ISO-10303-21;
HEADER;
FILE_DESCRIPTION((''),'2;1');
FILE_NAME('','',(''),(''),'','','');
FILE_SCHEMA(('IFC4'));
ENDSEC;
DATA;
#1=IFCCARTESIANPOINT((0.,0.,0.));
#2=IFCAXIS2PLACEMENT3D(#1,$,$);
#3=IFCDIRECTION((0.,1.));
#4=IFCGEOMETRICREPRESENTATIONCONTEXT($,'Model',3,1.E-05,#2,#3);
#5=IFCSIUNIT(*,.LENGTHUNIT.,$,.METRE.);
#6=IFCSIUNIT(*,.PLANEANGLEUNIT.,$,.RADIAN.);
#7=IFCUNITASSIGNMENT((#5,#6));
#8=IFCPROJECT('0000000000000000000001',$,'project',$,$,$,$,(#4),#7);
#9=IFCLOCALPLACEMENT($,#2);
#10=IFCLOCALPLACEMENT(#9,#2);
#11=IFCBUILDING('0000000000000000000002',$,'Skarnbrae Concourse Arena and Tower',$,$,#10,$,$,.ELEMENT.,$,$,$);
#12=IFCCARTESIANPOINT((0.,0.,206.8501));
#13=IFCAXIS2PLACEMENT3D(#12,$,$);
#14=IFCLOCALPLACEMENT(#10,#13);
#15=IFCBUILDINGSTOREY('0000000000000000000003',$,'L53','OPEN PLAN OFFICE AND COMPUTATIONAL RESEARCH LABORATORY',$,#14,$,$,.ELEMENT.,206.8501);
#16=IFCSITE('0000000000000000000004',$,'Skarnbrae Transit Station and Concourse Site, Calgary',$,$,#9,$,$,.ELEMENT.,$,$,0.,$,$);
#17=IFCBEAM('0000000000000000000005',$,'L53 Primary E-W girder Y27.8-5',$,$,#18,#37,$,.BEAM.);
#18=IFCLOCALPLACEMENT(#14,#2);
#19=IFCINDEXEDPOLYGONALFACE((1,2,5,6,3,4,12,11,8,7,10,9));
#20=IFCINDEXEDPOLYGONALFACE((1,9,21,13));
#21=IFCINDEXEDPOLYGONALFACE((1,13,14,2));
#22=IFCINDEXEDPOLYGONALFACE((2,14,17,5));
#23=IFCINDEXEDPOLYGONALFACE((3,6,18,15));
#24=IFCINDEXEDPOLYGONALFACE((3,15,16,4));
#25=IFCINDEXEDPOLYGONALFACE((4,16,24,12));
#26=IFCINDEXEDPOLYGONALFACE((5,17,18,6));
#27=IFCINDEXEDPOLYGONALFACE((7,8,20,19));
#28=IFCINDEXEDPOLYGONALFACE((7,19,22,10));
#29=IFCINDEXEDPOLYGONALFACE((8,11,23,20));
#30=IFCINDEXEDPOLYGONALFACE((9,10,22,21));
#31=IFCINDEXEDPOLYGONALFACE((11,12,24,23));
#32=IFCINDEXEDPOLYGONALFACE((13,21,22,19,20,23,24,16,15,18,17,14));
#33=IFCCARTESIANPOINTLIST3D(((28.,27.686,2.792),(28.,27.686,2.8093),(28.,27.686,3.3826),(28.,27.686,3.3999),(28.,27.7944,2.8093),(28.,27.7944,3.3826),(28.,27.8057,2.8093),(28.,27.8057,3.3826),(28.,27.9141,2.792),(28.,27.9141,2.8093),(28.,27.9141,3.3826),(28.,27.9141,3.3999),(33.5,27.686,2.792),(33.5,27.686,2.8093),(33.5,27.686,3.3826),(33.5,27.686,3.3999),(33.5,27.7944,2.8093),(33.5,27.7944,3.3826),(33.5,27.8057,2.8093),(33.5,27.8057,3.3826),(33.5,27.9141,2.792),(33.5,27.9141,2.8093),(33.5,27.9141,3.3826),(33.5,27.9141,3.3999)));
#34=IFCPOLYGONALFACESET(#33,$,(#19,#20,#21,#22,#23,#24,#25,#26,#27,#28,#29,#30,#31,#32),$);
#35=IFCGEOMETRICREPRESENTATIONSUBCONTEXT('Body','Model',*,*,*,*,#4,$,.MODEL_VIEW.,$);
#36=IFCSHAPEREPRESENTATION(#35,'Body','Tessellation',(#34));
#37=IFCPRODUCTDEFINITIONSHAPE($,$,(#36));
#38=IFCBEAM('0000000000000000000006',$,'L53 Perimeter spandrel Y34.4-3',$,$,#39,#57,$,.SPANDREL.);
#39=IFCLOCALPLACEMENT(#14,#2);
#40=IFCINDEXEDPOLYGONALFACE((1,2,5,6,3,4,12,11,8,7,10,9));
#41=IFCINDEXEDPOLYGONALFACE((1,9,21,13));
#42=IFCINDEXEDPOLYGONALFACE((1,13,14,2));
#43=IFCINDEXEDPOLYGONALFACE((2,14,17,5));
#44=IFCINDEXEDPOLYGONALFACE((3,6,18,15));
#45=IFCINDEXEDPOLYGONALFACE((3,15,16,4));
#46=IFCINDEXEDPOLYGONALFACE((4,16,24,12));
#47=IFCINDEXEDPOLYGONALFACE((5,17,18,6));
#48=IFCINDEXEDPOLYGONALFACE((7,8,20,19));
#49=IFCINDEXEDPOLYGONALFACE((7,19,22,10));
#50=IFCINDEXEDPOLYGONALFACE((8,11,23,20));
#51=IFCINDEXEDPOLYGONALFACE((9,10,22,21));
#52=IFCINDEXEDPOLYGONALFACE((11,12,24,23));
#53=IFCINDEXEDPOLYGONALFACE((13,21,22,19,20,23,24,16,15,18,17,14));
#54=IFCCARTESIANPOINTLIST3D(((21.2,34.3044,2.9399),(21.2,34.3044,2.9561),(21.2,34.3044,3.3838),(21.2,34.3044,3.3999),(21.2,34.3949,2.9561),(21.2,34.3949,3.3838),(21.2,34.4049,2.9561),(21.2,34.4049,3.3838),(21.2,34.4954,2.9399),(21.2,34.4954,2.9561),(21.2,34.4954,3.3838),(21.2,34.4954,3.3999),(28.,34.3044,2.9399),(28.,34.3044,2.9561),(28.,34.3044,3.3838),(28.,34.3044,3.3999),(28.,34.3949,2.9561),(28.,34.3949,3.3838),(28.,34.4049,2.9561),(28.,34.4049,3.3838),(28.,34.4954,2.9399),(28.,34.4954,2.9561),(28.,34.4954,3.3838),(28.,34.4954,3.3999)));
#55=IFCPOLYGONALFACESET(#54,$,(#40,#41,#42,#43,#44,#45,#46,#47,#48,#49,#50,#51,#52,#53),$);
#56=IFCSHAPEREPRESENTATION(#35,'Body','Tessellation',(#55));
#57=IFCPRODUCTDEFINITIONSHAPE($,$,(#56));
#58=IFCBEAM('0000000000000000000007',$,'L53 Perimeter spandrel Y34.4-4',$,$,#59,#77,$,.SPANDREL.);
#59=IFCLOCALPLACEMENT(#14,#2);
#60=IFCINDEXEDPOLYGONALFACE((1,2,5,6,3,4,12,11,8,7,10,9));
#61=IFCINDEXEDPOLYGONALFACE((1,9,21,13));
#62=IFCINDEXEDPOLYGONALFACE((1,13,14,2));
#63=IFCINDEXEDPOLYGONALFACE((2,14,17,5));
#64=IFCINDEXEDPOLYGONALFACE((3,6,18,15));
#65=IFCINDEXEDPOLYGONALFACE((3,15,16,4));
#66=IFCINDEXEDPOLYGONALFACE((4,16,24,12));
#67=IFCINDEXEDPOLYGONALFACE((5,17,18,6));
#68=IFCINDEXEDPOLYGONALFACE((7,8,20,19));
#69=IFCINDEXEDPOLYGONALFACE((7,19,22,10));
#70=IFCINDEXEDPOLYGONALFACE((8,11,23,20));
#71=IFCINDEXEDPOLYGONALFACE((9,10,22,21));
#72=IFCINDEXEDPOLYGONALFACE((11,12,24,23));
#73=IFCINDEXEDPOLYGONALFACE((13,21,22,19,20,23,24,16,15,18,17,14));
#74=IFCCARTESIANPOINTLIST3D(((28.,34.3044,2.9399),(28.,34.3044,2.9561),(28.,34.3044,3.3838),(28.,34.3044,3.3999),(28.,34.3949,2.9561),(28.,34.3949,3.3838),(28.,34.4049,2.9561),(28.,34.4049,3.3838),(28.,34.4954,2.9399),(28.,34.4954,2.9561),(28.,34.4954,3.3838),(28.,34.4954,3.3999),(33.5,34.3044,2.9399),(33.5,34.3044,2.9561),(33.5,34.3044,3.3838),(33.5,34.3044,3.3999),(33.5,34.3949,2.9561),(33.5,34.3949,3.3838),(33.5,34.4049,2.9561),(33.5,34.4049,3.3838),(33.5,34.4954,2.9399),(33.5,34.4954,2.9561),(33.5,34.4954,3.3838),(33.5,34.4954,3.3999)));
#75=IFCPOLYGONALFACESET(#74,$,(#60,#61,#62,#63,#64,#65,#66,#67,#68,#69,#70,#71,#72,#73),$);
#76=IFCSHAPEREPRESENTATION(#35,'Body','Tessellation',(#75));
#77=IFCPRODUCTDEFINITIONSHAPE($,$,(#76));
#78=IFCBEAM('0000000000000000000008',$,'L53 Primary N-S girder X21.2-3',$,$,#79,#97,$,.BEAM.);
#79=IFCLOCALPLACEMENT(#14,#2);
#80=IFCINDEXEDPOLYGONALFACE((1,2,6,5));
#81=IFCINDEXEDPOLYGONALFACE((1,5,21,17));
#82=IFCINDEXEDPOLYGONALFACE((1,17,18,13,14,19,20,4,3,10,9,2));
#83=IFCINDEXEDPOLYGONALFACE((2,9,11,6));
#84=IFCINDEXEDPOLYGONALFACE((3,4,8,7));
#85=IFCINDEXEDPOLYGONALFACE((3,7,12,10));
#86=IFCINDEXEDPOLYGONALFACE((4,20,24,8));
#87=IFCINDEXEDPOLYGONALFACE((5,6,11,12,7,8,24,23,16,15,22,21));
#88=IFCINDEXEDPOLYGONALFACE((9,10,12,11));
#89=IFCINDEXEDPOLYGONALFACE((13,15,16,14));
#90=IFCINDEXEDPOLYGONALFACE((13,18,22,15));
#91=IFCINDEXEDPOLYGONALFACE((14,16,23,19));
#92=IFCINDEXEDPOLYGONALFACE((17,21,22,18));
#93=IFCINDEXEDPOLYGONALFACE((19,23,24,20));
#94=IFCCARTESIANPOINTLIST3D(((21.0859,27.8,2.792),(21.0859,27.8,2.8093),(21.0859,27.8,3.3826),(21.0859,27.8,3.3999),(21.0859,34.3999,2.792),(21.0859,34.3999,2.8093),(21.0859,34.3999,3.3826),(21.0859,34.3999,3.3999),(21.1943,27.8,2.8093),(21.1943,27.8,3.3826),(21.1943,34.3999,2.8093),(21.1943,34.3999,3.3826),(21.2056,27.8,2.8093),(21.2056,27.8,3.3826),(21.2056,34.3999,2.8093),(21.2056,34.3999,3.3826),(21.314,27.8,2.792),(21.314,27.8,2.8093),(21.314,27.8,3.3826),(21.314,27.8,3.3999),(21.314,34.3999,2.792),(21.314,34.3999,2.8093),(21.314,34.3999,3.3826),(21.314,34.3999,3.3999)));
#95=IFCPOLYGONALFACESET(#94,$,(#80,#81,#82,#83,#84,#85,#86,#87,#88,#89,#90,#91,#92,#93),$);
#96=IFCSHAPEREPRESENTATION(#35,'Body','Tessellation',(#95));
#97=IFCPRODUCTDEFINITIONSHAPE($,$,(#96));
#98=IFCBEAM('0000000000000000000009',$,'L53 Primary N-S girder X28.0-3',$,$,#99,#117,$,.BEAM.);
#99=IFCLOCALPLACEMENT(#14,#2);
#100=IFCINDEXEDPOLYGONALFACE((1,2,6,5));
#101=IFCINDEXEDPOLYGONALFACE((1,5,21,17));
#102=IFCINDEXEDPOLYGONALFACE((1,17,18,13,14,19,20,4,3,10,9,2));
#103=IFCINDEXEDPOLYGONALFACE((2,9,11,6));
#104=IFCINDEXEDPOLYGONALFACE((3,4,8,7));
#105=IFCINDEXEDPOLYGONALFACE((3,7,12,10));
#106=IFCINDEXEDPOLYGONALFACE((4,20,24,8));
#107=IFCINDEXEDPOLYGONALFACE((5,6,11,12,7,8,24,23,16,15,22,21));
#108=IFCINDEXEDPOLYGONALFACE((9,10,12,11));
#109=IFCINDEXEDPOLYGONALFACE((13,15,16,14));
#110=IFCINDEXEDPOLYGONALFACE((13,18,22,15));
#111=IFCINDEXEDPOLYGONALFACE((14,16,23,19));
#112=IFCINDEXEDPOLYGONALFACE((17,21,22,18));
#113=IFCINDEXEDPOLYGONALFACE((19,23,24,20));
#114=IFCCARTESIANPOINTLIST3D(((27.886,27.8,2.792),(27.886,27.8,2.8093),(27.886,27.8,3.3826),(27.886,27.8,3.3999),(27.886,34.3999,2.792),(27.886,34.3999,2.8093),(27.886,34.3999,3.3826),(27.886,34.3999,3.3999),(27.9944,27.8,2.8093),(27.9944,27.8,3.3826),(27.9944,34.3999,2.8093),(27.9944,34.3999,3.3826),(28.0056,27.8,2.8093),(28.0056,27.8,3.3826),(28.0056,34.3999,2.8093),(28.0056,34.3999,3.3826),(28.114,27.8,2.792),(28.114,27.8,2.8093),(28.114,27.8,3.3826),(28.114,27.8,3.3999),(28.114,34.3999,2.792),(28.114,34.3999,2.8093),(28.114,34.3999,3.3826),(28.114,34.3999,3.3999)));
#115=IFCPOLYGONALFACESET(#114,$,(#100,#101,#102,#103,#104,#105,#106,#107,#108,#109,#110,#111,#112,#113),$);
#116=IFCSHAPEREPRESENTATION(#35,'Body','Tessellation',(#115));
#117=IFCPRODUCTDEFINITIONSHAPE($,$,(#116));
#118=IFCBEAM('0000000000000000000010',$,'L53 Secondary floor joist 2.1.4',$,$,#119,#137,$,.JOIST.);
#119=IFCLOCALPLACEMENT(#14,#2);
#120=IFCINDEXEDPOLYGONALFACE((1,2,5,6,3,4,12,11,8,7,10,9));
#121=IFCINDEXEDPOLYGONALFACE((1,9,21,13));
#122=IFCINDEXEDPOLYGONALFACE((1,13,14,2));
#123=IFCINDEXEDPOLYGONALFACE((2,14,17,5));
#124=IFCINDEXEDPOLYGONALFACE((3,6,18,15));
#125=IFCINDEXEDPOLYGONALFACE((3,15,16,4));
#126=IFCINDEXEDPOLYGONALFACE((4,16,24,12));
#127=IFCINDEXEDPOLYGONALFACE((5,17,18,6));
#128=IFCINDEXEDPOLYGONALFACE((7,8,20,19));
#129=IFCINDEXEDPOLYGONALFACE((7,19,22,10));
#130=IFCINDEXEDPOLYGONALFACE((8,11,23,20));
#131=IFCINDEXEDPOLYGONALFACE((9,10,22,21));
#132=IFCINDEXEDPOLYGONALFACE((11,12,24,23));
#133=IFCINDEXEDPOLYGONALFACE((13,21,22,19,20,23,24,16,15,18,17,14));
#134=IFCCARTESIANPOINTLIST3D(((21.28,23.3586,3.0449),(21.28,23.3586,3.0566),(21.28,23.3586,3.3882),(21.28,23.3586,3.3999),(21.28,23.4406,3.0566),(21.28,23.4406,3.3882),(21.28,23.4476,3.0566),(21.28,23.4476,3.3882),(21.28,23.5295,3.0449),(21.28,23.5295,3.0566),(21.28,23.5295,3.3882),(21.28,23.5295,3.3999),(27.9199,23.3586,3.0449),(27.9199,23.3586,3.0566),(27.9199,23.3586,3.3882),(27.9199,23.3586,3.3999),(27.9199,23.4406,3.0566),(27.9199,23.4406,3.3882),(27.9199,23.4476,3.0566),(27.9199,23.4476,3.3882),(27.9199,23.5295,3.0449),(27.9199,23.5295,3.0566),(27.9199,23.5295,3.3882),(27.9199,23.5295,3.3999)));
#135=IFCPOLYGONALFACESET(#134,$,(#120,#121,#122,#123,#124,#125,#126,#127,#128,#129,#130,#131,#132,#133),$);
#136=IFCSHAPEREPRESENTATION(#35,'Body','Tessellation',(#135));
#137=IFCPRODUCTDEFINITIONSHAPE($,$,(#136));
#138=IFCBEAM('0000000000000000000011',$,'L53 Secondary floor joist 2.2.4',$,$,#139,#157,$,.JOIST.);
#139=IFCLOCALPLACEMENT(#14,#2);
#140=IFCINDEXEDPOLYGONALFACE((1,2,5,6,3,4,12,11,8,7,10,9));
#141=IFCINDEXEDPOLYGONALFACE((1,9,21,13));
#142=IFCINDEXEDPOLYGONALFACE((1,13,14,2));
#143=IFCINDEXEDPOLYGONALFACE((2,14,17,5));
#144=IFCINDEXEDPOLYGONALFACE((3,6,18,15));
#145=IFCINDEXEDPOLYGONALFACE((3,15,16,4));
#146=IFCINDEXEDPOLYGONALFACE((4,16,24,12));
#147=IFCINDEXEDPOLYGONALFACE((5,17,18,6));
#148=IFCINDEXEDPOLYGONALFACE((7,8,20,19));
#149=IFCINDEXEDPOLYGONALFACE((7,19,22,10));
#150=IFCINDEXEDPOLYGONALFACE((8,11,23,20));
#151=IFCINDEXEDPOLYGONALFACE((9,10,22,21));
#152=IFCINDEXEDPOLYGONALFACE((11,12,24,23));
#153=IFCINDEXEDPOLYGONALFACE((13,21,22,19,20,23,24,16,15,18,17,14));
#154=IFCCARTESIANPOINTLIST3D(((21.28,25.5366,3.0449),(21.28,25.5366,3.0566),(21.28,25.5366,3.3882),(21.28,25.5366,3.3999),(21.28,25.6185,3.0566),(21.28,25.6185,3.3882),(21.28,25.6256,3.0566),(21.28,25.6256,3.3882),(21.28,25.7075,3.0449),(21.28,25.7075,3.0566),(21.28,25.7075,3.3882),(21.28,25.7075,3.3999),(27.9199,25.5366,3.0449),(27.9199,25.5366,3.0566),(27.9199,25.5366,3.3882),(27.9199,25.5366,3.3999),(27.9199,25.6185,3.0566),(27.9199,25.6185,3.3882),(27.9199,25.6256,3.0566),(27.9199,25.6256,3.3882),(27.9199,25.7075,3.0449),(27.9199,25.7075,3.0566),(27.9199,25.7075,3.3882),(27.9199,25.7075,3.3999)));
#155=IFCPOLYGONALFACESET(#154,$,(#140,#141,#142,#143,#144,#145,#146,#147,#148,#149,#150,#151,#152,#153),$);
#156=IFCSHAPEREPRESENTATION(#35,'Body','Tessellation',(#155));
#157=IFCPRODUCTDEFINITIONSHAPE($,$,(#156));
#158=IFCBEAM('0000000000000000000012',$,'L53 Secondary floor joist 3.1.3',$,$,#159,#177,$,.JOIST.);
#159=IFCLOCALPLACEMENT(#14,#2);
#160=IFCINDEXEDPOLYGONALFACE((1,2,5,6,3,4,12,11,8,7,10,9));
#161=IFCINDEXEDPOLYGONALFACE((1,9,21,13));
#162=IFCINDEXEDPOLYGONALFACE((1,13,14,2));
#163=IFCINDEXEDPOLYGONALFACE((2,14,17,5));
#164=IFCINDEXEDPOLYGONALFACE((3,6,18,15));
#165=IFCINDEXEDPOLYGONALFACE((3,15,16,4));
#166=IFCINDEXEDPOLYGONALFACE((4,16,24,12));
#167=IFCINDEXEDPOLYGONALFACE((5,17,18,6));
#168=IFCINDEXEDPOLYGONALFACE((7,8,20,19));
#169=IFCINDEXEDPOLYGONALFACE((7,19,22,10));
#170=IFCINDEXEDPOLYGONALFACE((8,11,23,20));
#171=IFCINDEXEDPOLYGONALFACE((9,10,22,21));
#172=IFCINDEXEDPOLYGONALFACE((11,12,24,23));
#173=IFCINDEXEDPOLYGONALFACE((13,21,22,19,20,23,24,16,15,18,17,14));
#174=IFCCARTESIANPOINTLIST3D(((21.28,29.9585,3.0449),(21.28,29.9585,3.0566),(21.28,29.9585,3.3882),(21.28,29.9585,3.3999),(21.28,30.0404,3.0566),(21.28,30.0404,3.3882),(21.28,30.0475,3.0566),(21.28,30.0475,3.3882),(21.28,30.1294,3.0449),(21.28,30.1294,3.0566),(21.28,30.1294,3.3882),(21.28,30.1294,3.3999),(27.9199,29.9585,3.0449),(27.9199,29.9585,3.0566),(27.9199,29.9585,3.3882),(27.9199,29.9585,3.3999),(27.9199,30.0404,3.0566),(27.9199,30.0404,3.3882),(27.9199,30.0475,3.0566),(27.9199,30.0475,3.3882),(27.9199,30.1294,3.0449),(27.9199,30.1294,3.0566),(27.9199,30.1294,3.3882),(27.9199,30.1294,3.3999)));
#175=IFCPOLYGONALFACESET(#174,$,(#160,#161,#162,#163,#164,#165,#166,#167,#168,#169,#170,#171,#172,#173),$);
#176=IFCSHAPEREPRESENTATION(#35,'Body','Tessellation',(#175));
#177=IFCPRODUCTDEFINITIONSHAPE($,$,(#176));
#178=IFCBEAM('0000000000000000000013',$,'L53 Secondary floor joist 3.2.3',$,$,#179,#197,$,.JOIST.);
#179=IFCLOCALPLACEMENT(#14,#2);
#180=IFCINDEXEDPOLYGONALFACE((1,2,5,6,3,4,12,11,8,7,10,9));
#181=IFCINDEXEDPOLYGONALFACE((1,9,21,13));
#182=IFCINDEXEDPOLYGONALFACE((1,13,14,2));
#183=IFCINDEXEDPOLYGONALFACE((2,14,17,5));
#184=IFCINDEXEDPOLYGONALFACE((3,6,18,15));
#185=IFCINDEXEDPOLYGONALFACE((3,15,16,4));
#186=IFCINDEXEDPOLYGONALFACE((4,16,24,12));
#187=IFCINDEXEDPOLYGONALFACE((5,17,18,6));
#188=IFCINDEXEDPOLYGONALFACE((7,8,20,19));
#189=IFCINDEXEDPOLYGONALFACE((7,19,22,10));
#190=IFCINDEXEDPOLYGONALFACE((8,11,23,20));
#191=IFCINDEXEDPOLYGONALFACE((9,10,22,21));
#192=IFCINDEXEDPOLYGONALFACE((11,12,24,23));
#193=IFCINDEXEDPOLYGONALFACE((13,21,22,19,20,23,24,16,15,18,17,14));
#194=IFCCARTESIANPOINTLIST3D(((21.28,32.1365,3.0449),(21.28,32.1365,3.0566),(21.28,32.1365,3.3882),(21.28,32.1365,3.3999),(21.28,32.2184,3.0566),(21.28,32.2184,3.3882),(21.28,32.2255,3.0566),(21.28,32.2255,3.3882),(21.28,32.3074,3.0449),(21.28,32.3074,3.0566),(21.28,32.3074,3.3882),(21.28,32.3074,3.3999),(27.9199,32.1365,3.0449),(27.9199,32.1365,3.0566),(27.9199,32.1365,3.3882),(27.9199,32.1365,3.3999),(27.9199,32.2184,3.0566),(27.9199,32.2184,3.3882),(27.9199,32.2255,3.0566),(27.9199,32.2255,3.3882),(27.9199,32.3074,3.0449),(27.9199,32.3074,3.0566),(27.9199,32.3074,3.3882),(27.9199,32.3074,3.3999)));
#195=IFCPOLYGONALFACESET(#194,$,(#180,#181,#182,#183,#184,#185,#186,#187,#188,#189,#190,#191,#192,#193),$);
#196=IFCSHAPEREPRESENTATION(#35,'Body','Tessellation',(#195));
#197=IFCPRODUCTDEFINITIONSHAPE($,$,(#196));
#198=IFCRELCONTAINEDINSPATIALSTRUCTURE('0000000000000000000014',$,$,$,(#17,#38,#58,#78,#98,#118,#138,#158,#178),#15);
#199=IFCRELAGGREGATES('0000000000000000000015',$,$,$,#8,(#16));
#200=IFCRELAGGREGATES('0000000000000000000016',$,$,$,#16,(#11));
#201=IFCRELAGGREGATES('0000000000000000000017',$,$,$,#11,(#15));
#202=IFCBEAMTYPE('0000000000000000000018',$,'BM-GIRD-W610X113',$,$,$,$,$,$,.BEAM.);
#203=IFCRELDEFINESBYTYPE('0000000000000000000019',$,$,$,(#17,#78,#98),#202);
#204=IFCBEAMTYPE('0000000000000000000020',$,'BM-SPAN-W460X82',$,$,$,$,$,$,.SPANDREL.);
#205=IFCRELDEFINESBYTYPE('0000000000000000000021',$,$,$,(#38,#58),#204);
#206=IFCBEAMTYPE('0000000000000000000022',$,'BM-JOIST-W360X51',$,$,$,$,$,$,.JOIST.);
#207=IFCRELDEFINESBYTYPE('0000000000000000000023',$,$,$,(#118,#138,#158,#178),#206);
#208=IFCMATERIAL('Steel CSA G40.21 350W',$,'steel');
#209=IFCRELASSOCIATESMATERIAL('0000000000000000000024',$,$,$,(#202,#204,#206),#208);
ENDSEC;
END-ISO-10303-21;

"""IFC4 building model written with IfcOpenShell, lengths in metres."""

from ifc_helpers import new_model, si_unit, direction, frame, origin, origin_2d, place, context, subcontext, project, spatial, i_section, extrude, source, transform, mapped, material, material_profile, profile_set, type_object, element, save


model = new_model("IFC4")

# Units and contexts
model_context = context("Model", 3, precision=1e-05, world=origin(), true_north=direction((0.0, 1.0)))
body_context = subcontext(model_context, "Body", "Model", "MODEL_VIEW")
ifc_project = project(units=[si_unit("LENGTHUNIT", "METRE"), si_unit("PLANEANGLEUNIT", "RADIAN")], contexts=[model_context])

# Site, building, storey
site_placement = place(None, origin())
site = spatial("IfcSite", under=ifc_project, at=site_placement, Name="Skarnbrae Transit Station and Concourse Site, Calgary", CompositionType="ELEMENT", RefElevation=0.0)
building_placement = place(site_placement, origin())
building = spatial("IfcBuilding", under=site, at=building_placement, Name="Skarnbrae Concourse Arena and Tower", CompositionType="ELEMENT")
storey_placement = place(building_placement, frame((0.0, 0.0, 206.8501)))
storey = spatial("IfcBuildingStorey", under=building, at=storey_placement, Name="L53", Description="OPEN PLAN OFFICE AND COMPUTATIONAL RESEARCH LABORATORY", CompositionType="ELEMENT", Elevation=206.8501)

# Shared definitions
ifc_material_1 = material(Name="Steel CSA G40.21 350W", Category="steel")

# Beams
ifc_material_profile_1 = material_profile(ifc_material_1, i_section(OverallWidth=0.228, OverallDepth=0.6079, WebThickness=0.0112, FlangeThickness=0.0173, at=origin_2d()), Name="W610X113")
ifc_profile_set_1 = profile_set([ifc_material_profile_1], Name="Steel CSA G40.21 350W")
beam_type_1 = type_object("IfcBeamType", Name="BM-GIRD-W610X113", PredefinedType="BEAM", material=ifc_profile_set_1)
shared_shape_1 = source(origin(), body_context, "Body", "SweptSolid", [
    extrude(i_section(OverallWidth=0.228, OverallDepth=0.6079, WebThickness=0.0112, FlangeThickness=0.0173, at=origin_2d()), origin(), (0.0, 0.0, 1.0), 5.5),
])
for number, where, z_axis, x_axis, name in (
    (1, (28.0, 27.8, 3.0959), (1.0, 0.0, 0.0), (0.0, 1.0, 0.0), "L53 Primary E-W girder Y27.8-5"),
):
    element("IfcBeam", number, at=place(storey_placement, frame(where, z_axis=z_axis, x_axis=x_axis)), inside=storey, type_object=beam_type_1, Name=name, PredefinedType="BEAM", context=body_context, shape_type="MappedRepresentation", body=[
        mapped(shared_shape_1, transform((0.0, 0.0, 0.0))),
    ])
ifc_material_profile_2 = material_profile(ifc_material_1, i_section(OverallWidth=0.1909, OverallDepth=0.46, WebThickness=0.01, FlangeThickness=0.0161, at=origin_2d()), Name="W460X82")
ifc_profile_set_2 = profile_set([ifc_material_profile_2], Name="Steel CSA G40.21 350W")
beam_type_2 = type_object("IfcBeamType", Name="BM-SPAN-W460X82", PredefinedType="SPANDREL", material=ifc_profile_set_2)
shared_shape_2 = source(origin(), body_context, "Body", "SweptSolid", [
    extrude(i_section(OverallWidth=0.1909, OverallDepth=0.46, WebThickness=0.01, FlangeThickness=0.0161, at=origin_2d()), origin(), (0.0, 0.0, 1.0), 6.8),
])
beam_1_placement = place(storey_placement, frame((21.2, 34.3999, 3.1699), z_axis=(1.0, 0.0, 0.0), x_axis=(0.0, 1.0, 0.0)))
element("IfcBeam", 2, at=beam_1_placement, inside=storey, type_object=beam_type_2, Name="L53 Perimeter spandrel Y34.4-3", PredefinedType="SPANDREL", context=body_context, shape_type="MappedRepresentation", body=[
    mapped(shared_shape_2, transform((0.0, 0.0, 0.0))),
])
shared_shape_3 = source(origin(), body_context, "Body", "SweptSolid", [
    extrude(i_section(OverallWidth=0.1909, OverallDepth=0.46, WebThickness=0.01, FlangeThickness=0.0161, at=origin_2d()), origin(), (0.0, 0.0, 1.0), 5.5),
])
beam_2_placement = place(storey_placement, frame((28.0, 34.3999, 3.1699), z_axis=(1.0, 0.0, 0.0), x_axis=(0.0, 1.0, 0.0)))
element("IfcBeam", 3, at=beam_2_placement, inside=storey, type_object=beam_type_2, Name="L53 Perimeter spandrel Y34.4-4", PredefinedType="SPANDREL", context=body_context, shape_type="MappedRepresentation", body=[
    mapped(shared_shape_3, transform((0.0, 0.0, 0.0))),
])
shared_shape_4 = source(origin(), body_context, "Body", "SweptSolid", [
    extrude(i_section(OverallWidth=0.228, OverallDepth=0.6079, WebThickness=0.0112, FlangeThickness=0.0173, at=origin_2d()), origin(), (0.0, 0.0, 1.0), 6.5999),
])
for number, where, z_axis, x_axis, name in (
    (4, (21.2, 27.8, 3.0959), (0.0, 1.0, 0.0), (-1.0, 0.0, 0.0), "L53 Primary N-S girder X21.2-3"),
    (5, (28.0, 27.8, 3.0959), (0.0, 1.0, 0.0), (-1.0, 0.0, 0.0), "L53 Primary N-S girder X28.0-3"),
):
    element("IfcBeam", number, at=place(storey_placement, frame(where, z_axis=z_axis, x_axis=x_axis)), inside=storey, type_object=beam_type_1, Name=name, PredefinedType="BEAM", context=body_context, shape_type="MappedRepresentation", body=[
        mapped(shared_shape_4, transform((0.0, 0.0, 0.0))),
    ])
ifc_material_profile_3 = material_profile(ifc_material_1, i_section(OverallWidth=0.1709, OverallDepth=0.355, WebThickness=0.0071, FlangeThickness=0.0117, at=origin_2d()), Name="W360X51")
ifc_profile_set_3 = profile_set([ifc_material_profile_3], Name="Steel CSA G40.21 350W")
beam_type_3 = type_object("IfcBeamType", Name="BM-JOIST-W360X51", PredefinedType="JOIST", material=ifc_profile_set_3)
shared_shape_5 = source(origin(), body_context, "Body", "SweptSolid", [
    extrude(i_section(OverallWidth=0.1709, OverallDepth=0.355, WebThickness=0.0071, FlangeThickness=0.0117, at=origin_2d()), origin(), (0.0, 0.0, 1.0), 6.6399),
])
for number, where, z_axis, x_axis, name in (
    (6, (21.28, 23.4441, 3.2224), (1.0, 0.0, 0.0), (0.0, 1.0, 0.0), "L53 Secondary floor joist 2.1.4"),
    (7, (21.28, 25.6221, 3.2224), (1.0, 0.0, 0.0), (0.0, 1.0, 0.0), "L53 Secondary floor joist 2.2.4"),
    (8, (21.28, 30.0439, 3.2224), (1.0, 0.0, 0.0), (0.0, 1.0, 0.0), "L53 Secondary floor joist 3.1.3"),
    (9, (21.28, 32.2219, 3.2224), (1.0, 0.0, 0.0), (0.0, 1.0, 0.0), "L53 Secondary floor joist 3.2.3"),
):
    element("IfcBeam", number, at=place(storey_placement, frame(where, z_axis=z_axis, x_axis=x_axis)), inside=storey, type_object=beam_type_3, Name=name, PredefinedType="JOIST", context=body_context, shape_type="MappedRepresentation", body=[
        mapped(shared_shape_5, transform((0.0, 0.0, 0.0))),
    ])

save(model, "model.ifc")
